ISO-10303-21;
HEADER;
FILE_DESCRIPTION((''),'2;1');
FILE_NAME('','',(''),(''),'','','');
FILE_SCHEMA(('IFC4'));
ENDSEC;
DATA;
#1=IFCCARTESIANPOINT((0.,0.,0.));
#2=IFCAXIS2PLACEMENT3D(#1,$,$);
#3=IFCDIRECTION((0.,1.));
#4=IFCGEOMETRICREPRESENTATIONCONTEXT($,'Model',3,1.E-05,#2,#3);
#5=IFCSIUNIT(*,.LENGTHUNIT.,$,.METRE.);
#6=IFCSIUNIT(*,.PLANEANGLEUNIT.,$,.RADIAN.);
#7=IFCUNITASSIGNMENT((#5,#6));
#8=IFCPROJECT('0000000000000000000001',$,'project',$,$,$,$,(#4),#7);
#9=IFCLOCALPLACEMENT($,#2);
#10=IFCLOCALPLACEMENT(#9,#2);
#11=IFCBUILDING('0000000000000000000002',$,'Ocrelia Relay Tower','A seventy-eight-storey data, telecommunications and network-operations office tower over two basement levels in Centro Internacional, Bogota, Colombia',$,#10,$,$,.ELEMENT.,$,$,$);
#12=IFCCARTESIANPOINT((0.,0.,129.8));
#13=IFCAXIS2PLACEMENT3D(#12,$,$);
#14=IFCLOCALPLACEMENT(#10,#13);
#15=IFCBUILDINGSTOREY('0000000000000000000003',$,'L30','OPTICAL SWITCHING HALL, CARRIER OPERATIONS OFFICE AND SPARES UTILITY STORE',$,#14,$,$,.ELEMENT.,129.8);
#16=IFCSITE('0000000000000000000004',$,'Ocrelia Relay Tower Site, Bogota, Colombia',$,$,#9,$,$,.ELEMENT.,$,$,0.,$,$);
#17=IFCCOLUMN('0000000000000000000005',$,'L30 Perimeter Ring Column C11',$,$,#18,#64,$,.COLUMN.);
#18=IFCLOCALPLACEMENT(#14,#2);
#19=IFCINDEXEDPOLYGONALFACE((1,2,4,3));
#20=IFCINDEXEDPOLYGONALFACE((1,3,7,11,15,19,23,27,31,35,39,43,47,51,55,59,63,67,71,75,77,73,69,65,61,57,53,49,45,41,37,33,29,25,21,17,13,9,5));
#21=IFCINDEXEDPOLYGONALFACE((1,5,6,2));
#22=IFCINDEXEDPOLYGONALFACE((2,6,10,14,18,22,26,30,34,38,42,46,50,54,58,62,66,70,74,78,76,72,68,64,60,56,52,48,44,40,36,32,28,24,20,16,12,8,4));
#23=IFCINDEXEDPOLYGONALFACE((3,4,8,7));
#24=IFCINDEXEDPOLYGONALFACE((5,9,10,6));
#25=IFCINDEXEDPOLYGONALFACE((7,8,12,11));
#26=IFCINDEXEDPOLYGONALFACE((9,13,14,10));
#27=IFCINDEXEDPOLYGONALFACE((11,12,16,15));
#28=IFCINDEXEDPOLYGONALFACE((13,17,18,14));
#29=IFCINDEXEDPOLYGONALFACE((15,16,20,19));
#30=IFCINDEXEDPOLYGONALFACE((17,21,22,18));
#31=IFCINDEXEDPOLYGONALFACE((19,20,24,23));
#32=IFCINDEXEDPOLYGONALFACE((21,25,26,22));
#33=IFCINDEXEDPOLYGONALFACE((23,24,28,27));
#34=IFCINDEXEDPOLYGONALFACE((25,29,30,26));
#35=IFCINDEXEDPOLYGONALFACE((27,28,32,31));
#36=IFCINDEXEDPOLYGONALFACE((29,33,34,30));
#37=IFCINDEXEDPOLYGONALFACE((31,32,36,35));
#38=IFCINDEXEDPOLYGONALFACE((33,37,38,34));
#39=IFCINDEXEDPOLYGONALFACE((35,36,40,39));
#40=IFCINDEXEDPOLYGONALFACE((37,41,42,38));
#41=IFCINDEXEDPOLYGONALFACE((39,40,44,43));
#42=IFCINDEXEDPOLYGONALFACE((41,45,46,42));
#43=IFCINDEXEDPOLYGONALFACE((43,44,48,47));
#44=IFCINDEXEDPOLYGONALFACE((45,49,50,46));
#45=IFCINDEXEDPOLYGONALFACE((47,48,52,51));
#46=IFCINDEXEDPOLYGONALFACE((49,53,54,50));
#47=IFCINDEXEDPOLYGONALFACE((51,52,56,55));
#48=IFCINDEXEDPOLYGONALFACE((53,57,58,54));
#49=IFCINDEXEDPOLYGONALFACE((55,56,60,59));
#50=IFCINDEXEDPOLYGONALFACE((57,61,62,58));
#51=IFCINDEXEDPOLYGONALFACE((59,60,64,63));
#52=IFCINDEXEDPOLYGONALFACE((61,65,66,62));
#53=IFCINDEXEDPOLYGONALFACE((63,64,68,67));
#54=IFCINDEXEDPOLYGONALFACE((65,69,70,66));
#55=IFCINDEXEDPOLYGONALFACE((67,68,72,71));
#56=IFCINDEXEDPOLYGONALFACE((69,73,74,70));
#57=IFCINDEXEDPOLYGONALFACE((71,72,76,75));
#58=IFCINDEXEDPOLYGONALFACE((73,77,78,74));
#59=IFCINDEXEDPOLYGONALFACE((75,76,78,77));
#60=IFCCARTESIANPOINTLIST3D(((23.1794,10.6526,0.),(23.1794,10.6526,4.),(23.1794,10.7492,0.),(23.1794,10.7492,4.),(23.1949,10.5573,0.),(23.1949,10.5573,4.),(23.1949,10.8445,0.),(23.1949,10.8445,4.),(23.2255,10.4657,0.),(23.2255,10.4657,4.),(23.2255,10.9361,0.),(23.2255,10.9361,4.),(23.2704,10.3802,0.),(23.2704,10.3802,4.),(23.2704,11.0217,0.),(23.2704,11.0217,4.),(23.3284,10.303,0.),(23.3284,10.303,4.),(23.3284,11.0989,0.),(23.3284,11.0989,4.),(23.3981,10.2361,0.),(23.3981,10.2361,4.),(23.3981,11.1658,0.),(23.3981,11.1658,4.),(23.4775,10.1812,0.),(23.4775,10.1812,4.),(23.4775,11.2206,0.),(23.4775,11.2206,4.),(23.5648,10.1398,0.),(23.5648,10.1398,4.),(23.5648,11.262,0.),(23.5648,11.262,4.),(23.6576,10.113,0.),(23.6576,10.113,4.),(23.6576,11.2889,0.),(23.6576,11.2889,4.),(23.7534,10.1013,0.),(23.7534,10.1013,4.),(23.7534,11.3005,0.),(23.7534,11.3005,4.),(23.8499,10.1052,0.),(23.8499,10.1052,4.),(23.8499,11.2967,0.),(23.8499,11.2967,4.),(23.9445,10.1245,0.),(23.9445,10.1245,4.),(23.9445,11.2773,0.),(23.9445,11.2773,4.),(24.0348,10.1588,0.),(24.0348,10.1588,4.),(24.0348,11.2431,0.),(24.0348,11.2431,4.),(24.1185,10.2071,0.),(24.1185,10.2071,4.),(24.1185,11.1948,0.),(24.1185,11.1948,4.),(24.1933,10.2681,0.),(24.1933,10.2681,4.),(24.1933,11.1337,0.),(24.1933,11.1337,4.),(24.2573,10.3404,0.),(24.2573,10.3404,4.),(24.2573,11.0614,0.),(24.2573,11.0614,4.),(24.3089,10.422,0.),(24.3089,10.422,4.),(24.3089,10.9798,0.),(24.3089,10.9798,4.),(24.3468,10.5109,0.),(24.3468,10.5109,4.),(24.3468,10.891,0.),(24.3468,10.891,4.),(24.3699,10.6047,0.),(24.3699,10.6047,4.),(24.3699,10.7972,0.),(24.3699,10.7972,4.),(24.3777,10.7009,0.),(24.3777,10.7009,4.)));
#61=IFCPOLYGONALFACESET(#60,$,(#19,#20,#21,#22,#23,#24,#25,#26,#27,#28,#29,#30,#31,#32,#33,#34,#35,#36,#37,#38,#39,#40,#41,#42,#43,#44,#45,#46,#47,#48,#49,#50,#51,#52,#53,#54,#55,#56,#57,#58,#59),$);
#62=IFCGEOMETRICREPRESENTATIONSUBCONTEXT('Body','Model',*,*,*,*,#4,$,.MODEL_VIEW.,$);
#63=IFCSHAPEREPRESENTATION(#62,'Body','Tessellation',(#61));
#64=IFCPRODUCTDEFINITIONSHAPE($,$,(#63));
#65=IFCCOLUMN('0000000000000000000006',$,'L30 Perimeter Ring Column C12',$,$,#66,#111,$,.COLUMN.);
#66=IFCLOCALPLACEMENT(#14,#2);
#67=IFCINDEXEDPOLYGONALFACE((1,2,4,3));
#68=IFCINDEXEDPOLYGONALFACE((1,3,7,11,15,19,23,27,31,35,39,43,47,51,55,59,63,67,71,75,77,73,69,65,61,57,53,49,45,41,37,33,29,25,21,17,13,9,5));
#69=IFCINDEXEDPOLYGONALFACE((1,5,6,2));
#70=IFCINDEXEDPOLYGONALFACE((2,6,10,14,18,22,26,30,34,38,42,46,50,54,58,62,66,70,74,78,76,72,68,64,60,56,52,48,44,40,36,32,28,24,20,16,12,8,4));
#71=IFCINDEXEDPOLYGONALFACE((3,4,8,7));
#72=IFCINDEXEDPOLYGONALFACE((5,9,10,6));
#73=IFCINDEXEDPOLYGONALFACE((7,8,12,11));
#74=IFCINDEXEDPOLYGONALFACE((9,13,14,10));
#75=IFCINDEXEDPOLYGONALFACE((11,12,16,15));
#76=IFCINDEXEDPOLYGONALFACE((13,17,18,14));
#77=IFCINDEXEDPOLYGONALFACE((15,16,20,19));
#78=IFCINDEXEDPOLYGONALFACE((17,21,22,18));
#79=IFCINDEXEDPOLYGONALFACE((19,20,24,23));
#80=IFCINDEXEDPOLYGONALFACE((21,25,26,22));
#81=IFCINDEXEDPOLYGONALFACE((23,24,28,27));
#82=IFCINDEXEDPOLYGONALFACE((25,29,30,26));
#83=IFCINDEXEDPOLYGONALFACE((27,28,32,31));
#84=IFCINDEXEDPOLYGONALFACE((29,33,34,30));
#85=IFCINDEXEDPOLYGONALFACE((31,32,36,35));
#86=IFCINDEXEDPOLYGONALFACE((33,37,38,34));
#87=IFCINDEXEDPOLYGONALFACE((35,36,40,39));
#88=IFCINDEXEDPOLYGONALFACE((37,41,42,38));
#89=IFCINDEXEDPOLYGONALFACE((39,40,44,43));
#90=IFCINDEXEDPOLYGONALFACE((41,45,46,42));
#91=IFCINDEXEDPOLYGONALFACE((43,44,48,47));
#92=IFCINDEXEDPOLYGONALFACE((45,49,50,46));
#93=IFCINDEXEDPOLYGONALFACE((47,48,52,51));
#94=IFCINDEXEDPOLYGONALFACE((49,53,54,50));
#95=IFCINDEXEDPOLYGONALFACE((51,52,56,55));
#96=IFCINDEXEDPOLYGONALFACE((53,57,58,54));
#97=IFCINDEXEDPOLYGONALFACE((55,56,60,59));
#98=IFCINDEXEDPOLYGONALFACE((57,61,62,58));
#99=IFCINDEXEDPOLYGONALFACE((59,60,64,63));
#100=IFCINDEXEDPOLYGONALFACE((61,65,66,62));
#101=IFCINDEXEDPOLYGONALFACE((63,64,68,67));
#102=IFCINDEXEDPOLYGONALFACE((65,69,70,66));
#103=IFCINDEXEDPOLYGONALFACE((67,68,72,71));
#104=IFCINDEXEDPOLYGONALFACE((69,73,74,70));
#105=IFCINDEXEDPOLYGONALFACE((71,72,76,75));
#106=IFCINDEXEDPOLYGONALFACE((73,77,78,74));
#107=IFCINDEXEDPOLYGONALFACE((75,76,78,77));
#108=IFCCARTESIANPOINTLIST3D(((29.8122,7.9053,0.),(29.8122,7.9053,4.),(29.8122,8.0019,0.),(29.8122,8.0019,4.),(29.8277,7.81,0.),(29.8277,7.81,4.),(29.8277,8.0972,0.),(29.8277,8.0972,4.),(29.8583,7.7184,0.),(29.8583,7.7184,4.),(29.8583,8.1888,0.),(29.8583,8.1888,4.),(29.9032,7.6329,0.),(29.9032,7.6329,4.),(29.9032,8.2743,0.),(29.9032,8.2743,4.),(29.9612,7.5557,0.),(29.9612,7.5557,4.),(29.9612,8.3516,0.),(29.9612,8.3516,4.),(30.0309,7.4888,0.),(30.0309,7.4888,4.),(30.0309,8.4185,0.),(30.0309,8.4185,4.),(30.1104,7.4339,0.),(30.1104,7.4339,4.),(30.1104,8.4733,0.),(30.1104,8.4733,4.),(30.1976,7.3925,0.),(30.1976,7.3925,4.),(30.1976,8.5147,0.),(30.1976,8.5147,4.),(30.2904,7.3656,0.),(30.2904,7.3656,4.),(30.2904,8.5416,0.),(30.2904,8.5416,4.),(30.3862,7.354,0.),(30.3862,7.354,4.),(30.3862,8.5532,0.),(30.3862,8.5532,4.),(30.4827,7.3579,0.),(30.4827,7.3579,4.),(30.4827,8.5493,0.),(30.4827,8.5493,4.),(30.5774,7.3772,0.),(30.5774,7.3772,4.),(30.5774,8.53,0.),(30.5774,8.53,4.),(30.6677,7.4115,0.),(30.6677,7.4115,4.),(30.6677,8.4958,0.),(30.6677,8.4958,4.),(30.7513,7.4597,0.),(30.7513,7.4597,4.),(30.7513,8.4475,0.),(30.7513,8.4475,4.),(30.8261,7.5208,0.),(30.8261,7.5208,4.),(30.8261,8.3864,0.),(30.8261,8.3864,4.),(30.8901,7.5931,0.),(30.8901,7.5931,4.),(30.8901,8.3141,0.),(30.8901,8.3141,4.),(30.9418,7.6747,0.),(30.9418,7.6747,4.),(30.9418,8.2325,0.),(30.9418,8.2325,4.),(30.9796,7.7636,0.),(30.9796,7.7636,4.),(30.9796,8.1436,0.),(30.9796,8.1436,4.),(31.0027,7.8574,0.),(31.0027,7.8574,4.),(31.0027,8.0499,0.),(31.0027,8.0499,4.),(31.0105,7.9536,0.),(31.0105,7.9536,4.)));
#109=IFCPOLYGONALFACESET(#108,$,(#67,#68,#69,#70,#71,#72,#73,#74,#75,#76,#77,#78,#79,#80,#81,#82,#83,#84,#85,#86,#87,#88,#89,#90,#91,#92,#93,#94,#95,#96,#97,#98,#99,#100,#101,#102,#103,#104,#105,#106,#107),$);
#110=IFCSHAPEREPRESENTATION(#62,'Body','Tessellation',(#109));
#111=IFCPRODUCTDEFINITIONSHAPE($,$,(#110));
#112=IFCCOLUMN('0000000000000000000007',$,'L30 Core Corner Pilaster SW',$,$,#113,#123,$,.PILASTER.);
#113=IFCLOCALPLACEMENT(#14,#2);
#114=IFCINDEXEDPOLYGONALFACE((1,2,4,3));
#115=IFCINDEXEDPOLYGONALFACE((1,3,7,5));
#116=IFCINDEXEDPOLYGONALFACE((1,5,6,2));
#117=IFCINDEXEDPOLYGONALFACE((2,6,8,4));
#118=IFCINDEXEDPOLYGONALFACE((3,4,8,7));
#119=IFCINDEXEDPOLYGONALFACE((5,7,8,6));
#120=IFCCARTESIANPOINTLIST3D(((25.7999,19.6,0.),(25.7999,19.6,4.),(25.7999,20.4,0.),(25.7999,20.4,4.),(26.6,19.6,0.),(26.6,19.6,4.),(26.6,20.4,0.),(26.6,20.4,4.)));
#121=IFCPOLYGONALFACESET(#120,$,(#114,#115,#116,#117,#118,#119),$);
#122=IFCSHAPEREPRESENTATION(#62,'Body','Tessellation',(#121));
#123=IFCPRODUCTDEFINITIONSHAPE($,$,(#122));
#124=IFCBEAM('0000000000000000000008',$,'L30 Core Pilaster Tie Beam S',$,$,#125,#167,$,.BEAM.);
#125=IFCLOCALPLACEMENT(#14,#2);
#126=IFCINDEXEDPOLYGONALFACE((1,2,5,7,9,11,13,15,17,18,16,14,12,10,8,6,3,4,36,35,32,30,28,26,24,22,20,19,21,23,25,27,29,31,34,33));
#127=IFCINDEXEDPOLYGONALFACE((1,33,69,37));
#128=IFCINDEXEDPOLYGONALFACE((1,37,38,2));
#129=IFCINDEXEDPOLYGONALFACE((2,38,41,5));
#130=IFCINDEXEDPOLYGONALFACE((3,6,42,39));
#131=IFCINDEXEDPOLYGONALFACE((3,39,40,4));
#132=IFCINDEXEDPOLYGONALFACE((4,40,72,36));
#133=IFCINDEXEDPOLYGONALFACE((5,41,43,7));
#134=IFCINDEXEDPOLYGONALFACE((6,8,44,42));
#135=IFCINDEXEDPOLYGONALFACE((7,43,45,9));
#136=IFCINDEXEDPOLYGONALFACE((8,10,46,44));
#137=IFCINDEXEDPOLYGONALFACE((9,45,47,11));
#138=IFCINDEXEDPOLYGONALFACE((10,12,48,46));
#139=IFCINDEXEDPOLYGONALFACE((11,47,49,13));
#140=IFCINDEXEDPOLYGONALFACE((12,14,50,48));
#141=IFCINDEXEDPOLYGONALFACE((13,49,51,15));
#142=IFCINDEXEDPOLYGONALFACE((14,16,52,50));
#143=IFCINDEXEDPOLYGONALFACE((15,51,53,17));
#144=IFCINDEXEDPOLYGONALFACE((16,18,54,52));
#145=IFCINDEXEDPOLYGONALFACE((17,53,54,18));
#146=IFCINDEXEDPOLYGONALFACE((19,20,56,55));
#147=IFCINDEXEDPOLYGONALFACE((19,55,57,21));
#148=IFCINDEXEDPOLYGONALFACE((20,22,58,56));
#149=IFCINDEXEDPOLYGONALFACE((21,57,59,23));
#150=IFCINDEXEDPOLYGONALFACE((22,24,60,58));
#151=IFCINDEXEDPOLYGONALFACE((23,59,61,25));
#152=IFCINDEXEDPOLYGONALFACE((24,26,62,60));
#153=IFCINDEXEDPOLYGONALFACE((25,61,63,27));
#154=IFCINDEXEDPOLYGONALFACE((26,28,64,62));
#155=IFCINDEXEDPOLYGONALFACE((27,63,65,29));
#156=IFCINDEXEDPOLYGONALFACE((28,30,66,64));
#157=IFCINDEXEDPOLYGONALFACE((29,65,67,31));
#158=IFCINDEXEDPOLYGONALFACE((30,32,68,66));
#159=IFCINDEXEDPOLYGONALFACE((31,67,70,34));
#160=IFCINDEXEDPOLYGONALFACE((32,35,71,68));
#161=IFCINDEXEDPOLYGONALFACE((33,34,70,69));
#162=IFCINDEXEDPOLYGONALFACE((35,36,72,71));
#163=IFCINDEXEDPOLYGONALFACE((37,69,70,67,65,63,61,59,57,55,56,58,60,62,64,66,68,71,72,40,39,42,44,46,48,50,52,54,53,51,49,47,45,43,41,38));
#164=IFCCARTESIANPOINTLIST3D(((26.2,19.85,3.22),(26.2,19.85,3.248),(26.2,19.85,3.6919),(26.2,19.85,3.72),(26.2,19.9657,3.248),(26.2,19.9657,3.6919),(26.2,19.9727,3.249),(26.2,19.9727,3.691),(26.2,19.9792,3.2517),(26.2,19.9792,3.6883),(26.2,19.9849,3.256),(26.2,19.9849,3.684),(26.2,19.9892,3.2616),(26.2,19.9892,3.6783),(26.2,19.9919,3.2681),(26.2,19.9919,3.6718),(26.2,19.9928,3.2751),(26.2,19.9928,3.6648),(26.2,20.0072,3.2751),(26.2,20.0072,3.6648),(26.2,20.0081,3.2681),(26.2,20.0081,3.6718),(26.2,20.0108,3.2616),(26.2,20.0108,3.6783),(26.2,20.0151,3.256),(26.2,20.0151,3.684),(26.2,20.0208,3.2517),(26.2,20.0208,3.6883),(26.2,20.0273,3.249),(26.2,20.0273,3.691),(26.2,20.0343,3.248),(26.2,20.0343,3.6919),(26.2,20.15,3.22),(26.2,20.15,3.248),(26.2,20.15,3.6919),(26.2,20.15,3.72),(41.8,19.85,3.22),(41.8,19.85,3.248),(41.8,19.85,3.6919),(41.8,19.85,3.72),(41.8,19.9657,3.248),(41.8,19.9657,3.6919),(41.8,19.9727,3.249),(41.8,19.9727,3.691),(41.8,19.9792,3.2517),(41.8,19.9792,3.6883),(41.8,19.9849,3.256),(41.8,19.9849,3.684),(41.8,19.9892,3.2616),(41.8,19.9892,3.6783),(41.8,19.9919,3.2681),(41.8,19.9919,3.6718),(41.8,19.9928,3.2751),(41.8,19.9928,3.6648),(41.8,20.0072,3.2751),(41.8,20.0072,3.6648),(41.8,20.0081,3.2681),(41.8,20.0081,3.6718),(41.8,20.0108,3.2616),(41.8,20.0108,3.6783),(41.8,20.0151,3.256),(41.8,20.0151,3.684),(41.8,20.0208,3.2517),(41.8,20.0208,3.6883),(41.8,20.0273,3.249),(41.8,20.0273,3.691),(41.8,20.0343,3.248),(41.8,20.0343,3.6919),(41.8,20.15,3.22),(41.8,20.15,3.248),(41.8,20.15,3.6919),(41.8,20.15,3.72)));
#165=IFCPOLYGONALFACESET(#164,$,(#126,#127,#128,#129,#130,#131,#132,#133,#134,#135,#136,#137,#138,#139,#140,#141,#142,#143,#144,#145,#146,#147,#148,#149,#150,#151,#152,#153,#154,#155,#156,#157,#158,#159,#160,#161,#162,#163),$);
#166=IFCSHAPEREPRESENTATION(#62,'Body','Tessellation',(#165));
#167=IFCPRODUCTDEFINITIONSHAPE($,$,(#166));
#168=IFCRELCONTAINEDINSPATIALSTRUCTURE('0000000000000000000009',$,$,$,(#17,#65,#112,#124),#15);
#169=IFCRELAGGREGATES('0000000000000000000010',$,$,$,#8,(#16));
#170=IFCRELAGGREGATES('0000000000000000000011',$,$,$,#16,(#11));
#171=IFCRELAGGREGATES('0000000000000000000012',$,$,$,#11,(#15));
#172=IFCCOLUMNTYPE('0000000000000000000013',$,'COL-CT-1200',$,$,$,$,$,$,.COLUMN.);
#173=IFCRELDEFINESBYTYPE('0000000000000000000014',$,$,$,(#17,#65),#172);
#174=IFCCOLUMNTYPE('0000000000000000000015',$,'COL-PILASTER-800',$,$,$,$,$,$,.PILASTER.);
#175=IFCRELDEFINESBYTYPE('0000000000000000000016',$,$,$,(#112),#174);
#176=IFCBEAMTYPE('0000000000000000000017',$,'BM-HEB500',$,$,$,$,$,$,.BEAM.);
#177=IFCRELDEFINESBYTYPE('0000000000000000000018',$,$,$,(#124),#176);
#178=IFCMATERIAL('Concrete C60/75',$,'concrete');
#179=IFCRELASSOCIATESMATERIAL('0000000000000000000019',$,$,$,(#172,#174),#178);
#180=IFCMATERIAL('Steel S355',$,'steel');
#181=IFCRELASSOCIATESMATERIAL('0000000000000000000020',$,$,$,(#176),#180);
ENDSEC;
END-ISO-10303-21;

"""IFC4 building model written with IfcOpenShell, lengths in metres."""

from ifc_helpers import new_model, si_unit, direction, frame, origin, origin_2d, place, context, subcontext, project, spatial, rectangle, circle, i_section, extrude, material, material_profile, profile_set, type_object, element, save


model = new_model("IFC4")

# Units and contexts
model_context = context("Model", 3, precision=1e-05, world=origin(), true_north=direction((0.0, 1.0)))
body_context = subcontext(model_context, "Body", "Model", "MODEL_VIEW")
ifc_project = project(units=[si_unit("LENGTHUNIT", "METRE"), si_unit("PLANEANGLEUNIT", "RADIAN")], contexts=[model_context])

# Site, building, storey
site_placement = place(None, origin())
site = spatial("IfcSite", under=ifc_project, at=site_placement, Name="Ocrelia Relay Tower Site, Bogota, Colombia", CompositionType="ELEMENT", RefElevation=0.0)
building_placement = place(site_placement, origin())
building = spatial("IfcBuilding", under=site, at=building_placement, Name="Ocrelia Relay Tower", Description="A seventy-eight-storey data, telecommunications and network-operations office tower over two basement levels in Centro Internacional, Bogota, Colombia", CompositionType="ELEMENT")
storey_placement = place(building_placement, frame((0.0, 0.0, 129.8)))
storey = spatial("IfcBuildingStorey", under=building, at=storey_placement, Name="L30", Description="OPTICAL SWITCHING HALL, CARRIER OPERATIONS OFFICE AND SPARES UTILITY STORE", CompositionType="ELEMENT", Elevation=129.8)

# Columns
ifc_material_1 = material(Name="Concrete C60/75", Category="concrete")
ifc_material_profile_1 = material_profile(ifc_material_1, circle(Radius=0.6001, at=origin_2d()), Name="RC-CIR-1200")
ifc_profile_set_1 = profile_set([ifc_material_profile_1], Name="Concrete C60/75")
column_type_1 = type_object("IfcColumnType", Name="COL-CT-1200", PredefinedType="COLUMN", material=ifc_profile_set_1)
for number, where, z_axis, x_axis, name in (
    (1, (23.7776, 10.7009, 0.0), (0.0, 0.0, 1.0), (1.0, 0.0, 0.0), "L30 Perimeter Ring Column C11"),
    (2, (30.4104, 7.9536, 0.0), (0.0, 0.0, 1.0), (1.0, 0.0, 0.0), "L30 Perimeter Ring Column C12"),
):
    element("IfcColumn", number, at=place(storey_placement, frame(where, z_axis=z_axis, x_axis=x_axis)), inside=storey, type_object=column_type_1, Name=name, PredefinedType="COLUMN", context=body_context, shape_type="SweptSolid", body=[
        extrude(circle(Radius=0.6001, at=origin_2d()), origin(), (0.0, 0.0, 1.0), 4.0),
    ])
ifc_material_profile_2 = material_profile(ifc_material_1, rectangle(XDim=0.8, YDim=0.8, at=origin_2d()), Name="RC-COL-800x800")
ifc_profile_set_2 = profile_set([ifc_material_profile_2], Name="Concrete C60/75")
column_type_2 = type_object("IfcColumnType", Name="COL-PILASTER-800", PredefinedType="PILASTER", material=ifc_profile_set_2)
column_placement = place(storey_placement, frame((26.2, 20.0, 0.0), z_axis=(0.0, 0.0, 1.0), x_axis=(1.0, 0.0, 0.0)))
element("IfcColumn", 3, at=column_placement, inside=storey, type_object=column_type_2, Name="L30 Core Corner Pilaster SW", PredefinedType="PILASTER", context=body_context, shape_type="SweptSolid", body=[
    extrude(rectangle(XDim=0.8, YDim=0.8, at=origin_2d()), origin(), (0.0, 0.0, 1.0), 4.0),
])

# Beam
ifc_material_2 = material(Name="Steel S355", Category="steel")
ifc_material_profile_3 = material_profile(ifc_material_2, i_section(OverallWidth=0.3, OverallDepth=0.5, WebThickness=0.0144, FlangeThickness=0.0281, FilletRadius=0.0271, at=origin_2d()), Name="HEB 500")
ifc_profile_set_3 = profile_set([ifc_material_profile_3], Name="Steel S355")
beam_type_1 = type_object("IfcBeamType", Name="BM-HEB500", PredefinedType="BEAM", material=ifc_profile_set_3)
beam_1_placement = place(storey_placement, frame((26.2, 20.0, 3.47), z_axis=(1.0, 0.0, 0.0), x_axis=(0.0, 1.0, 0.0)))
element("IfcBeam", 4, at=beam_1_placement, inside=storey, type_object=beam_type_1, Name="L30 Core Pilaster Tie Beam S", PredefinedType="BEAM", context=body_context, shape_type="SweptSolid", body=[
    extrude(i_section(OverallWidth=0.3, OverallDepth=0.5, WebThickness=0.0144, FlangeThickness=0.0281, FilletRadius=0.0271, at=origin_2d()), origin(), (0.0, 0.0, 1.0), 15.6001),
])

save(model, "model.ifc")
